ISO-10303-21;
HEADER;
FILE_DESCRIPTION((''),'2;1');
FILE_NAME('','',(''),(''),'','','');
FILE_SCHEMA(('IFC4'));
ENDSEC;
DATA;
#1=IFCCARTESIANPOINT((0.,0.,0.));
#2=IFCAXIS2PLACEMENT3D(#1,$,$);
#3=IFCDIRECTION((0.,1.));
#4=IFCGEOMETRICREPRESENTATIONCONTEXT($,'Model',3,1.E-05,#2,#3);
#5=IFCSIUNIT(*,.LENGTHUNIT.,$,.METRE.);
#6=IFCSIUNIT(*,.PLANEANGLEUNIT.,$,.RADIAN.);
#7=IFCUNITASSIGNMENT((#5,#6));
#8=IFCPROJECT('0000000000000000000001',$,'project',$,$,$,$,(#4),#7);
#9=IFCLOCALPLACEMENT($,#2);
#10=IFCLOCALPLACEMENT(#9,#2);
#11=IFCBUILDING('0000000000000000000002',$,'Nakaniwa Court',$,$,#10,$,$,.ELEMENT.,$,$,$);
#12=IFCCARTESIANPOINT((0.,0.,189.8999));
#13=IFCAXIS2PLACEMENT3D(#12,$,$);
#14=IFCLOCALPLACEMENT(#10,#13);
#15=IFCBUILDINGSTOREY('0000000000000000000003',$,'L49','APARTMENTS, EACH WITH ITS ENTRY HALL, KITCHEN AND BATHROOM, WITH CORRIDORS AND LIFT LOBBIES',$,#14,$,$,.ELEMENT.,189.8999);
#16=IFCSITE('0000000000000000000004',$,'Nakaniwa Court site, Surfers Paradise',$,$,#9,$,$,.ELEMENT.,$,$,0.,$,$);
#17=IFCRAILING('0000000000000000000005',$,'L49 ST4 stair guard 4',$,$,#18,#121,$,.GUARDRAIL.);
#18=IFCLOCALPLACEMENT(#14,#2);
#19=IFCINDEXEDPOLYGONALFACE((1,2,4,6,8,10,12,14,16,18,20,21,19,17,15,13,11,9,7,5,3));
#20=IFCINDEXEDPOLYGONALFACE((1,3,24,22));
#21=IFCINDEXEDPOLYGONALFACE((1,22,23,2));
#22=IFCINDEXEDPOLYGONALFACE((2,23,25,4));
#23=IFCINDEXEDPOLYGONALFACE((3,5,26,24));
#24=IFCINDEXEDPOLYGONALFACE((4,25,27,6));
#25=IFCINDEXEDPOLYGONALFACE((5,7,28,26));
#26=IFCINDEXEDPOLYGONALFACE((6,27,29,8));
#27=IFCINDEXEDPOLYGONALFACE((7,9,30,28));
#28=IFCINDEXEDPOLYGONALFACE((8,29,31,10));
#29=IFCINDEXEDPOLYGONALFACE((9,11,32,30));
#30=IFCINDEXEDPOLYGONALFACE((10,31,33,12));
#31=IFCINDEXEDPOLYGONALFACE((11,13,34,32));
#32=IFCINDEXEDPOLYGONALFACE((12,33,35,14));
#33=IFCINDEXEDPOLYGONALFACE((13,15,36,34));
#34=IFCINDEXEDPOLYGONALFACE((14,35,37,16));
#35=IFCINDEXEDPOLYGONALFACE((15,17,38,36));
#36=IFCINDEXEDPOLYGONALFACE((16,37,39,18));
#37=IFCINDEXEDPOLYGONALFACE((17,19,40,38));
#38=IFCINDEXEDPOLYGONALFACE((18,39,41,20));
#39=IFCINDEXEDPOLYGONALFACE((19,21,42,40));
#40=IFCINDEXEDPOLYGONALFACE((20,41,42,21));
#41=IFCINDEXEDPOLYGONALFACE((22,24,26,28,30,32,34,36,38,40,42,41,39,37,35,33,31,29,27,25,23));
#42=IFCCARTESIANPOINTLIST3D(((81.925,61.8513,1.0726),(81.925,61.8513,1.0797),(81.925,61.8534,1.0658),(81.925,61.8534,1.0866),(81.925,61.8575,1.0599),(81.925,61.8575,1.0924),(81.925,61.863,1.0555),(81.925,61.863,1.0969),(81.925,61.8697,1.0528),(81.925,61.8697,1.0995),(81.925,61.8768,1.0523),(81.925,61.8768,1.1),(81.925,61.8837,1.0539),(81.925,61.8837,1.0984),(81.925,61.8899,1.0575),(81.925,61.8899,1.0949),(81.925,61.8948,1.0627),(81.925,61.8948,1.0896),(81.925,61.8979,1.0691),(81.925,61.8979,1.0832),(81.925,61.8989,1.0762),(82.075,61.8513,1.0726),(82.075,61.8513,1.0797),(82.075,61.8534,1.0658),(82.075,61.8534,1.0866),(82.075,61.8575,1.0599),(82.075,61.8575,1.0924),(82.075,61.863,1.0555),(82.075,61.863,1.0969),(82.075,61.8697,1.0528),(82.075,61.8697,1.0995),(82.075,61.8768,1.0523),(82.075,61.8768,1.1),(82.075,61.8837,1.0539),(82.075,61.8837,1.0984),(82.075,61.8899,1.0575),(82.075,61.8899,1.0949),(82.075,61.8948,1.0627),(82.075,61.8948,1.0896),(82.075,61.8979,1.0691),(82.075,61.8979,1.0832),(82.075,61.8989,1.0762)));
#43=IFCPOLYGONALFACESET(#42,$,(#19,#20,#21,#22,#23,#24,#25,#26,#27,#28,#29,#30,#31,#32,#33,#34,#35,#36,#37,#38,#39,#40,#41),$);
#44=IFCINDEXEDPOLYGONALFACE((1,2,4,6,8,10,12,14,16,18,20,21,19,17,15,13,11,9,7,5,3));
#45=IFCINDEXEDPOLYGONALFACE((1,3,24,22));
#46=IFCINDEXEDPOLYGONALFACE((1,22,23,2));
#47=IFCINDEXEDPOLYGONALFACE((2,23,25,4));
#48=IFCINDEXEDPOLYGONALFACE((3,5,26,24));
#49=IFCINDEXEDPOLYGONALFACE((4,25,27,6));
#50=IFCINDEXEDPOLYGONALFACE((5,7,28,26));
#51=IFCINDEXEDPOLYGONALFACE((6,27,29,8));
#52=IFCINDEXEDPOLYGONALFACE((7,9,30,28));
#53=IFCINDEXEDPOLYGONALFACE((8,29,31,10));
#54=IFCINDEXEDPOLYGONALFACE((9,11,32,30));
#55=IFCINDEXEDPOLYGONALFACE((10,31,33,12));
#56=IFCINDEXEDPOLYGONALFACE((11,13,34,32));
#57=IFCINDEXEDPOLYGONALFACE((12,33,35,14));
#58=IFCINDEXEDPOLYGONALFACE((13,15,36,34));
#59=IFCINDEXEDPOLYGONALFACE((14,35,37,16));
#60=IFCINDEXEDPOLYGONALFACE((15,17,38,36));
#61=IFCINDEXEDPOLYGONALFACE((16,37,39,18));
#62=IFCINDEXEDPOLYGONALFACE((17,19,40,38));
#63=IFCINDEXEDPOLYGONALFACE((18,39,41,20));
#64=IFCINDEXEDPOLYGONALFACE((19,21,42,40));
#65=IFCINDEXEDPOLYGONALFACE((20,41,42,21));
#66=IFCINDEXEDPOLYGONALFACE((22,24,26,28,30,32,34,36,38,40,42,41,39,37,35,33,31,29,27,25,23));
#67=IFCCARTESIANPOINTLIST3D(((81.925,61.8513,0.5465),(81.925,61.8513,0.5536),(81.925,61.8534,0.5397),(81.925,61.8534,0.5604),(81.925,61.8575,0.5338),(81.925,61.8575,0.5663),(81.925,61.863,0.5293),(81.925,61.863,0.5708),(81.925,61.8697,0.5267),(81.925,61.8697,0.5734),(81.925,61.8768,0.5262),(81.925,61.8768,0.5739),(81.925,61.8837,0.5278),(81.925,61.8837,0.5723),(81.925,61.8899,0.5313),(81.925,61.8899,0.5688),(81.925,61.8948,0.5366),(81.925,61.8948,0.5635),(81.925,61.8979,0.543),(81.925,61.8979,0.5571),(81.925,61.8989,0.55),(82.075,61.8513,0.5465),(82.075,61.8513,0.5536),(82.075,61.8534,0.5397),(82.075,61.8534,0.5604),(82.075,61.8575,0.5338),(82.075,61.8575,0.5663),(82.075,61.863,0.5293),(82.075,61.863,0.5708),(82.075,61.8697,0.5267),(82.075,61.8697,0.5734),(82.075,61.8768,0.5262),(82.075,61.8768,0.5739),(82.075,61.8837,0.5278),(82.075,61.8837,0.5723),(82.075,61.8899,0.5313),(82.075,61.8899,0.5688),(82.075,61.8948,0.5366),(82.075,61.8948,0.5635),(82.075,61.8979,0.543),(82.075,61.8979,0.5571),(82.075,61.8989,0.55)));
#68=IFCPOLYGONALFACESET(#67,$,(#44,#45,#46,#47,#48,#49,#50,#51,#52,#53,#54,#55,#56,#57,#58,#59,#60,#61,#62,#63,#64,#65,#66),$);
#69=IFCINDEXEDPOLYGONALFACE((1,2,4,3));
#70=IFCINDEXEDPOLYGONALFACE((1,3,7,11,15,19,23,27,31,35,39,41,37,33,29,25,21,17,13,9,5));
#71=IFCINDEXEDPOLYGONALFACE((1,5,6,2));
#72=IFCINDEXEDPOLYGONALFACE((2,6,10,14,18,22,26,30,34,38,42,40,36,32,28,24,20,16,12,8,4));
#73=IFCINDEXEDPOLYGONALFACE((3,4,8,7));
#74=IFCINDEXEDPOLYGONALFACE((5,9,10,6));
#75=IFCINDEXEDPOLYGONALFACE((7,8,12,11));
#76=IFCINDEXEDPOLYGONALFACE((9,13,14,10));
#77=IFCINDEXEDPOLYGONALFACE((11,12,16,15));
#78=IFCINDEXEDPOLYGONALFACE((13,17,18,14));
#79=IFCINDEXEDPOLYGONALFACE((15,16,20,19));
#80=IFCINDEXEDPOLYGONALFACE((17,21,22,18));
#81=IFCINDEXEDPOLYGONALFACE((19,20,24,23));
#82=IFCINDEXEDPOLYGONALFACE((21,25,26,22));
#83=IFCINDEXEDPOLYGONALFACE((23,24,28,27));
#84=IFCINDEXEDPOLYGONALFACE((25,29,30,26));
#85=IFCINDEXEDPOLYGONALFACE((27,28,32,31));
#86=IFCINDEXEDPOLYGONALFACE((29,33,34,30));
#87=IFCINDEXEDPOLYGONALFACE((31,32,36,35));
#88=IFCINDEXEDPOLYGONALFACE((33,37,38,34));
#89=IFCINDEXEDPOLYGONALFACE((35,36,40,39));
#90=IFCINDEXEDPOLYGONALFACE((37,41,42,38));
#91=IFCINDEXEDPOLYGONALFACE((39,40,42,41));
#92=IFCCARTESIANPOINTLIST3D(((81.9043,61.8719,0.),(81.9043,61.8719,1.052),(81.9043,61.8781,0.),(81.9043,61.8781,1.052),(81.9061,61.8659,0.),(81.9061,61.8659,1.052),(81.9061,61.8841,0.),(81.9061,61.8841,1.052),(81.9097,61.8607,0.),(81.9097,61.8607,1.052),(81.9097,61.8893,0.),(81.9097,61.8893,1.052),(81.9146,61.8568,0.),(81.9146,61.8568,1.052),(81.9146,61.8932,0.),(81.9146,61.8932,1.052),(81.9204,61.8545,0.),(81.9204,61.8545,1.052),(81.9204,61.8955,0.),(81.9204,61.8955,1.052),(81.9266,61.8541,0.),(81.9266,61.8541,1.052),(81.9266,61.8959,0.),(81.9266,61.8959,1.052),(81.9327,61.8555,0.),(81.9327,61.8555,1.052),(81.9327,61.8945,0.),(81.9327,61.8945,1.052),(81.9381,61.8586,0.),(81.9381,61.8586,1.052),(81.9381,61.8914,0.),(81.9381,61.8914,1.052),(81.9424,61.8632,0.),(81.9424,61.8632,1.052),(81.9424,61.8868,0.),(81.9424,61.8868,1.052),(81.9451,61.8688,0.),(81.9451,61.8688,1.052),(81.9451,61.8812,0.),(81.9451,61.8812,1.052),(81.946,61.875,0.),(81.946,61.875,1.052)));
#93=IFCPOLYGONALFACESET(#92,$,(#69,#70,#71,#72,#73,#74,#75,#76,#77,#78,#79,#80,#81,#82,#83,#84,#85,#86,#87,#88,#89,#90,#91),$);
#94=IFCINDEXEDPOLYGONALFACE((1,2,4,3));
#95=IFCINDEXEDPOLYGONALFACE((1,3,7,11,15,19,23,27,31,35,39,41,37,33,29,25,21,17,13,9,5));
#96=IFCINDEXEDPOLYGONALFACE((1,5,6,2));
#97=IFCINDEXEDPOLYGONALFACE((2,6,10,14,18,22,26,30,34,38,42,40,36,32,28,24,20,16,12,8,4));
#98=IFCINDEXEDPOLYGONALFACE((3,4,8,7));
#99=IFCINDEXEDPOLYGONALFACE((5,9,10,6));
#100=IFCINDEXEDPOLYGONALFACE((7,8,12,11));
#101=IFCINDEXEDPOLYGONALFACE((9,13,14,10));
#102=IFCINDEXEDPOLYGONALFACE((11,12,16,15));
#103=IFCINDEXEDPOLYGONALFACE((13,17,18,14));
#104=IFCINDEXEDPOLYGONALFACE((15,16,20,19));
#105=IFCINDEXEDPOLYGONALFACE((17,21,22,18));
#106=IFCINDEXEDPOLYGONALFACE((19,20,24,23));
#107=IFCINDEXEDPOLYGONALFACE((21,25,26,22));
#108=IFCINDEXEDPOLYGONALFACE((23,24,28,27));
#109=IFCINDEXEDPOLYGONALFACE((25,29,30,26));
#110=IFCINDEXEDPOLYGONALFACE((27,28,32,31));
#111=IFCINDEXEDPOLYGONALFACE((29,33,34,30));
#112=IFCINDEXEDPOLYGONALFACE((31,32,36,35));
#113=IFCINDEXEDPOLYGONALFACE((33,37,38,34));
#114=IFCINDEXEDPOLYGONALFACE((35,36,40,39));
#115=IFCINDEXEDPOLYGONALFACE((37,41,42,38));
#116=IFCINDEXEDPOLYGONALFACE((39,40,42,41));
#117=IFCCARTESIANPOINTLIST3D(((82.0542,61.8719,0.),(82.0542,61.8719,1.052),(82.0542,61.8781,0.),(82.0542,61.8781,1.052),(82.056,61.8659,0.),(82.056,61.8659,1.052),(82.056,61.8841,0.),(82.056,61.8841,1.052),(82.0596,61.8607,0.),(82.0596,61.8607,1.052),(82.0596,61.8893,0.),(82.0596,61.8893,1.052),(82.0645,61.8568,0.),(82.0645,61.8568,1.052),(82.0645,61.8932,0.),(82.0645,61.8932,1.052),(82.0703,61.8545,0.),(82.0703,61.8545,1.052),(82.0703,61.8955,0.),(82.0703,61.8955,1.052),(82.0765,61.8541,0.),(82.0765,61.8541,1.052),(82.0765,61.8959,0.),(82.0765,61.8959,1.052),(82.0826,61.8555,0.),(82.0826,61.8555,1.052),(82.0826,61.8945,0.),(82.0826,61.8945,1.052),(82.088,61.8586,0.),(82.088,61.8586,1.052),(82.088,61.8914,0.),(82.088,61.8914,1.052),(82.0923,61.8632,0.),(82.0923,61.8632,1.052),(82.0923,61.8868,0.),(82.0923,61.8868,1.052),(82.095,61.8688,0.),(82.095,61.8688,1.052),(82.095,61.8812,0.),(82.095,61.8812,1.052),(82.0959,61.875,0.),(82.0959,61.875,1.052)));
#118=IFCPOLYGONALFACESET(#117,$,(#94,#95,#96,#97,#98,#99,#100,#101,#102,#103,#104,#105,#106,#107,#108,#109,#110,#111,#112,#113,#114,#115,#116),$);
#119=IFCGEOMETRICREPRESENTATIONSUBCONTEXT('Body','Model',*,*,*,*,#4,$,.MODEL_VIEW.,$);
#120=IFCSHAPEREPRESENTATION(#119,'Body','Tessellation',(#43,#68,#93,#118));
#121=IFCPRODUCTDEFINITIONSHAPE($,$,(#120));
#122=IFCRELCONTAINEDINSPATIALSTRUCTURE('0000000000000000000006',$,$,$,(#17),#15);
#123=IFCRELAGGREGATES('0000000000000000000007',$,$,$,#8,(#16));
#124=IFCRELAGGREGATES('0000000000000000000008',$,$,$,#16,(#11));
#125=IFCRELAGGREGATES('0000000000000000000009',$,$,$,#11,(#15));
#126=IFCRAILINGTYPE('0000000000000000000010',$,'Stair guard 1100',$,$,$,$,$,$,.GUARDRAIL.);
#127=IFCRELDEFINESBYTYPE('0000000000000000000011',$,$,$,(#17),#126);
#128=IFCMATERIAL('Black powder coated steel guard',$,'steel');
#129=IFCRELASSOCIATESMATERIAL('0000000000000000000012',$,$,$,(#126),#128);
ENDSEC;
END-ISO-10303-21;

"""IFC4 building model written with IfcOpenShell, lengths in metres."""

from ifc_helpers import new_model, si_unit, direction, frame, origin, origin_2d, place, context, subcontext, project, spatial, circle, extrude, material, type_object, element, save


model = new_model("IFC4")

# Units and contexts
model_context = context("Model", 3, precision=1e-05, world=origin(), true_north=direction((0.0, 1.0)))
body_context = subcontext(model_context, "Body", "Model", "MODEL_VIEW")
ifc_project = project(units=[si_unit("LENGTHUNIT", "METRE"), si_unit("PLANEANGLEUNIT", "RADIAN")], contexts=[model_context])

# Site, building, storey
site_placement = place(None, origin())
site = spatial("IfcSite", under=ifc_project, at=site_placement, Name="Nakaniwa Court site, Surfers Paradise", CompositionType="ELEMENT", RefElevation=0.0)
building_placement = place(site_placement, origin())
building = spatial("IfcBuilding", under=site, at=building_placement, Name="Nakaniwa Court", CompositionType="ELEMENT")
storey_placement = place(building_placement, frame((0.0, 0.0, 189.8999)))
storey = spatial("IfcBuildingStorey", under=building, at=storey_placement, Name="L49", Description="APARTMENTS, EACH WITH ITS ENTRY HALL, KITCHEN AND BATHROOM, WITH CORRIDORS AND LIFT LOBBIES", CompositionType="ELEMENT", Elevation=189.8999)

# Railing
ifc_material_1 = material(Name="Black powder coated steel guard", Category="steel")
railing_type_1 = type_object("IfcRailingType", Name="Stair guard 1100", PredefinedType="GUARDRAIL", material=ifc_material_1)
railing_1_placement = place(storey_placement, frame((81.925, 61.875, 0.0)))
element("IfcRailing", 1, at=railing_1_placement, inside=storey, type_object=railing_type_1, Name="L49 ST4 stair guard 4", PredefinedType="GUARDRAIL", context=body_context, shape_type="SweptSolid", body=[
    extrude(circle(Radius=0.0239, at=origin_2d()), frame((0.0, 0.0, 1.0762), z_axis=(1.0, 0.0, 0.0), x_axis=(0.0, 1.0, 0.0)), (0.0, 0.0, 1.0), 0.1499),
    extrude(circle(Radius=0.0239, at=origin_2d()), frame((0.0, 0.0, 0.55), z_axis=(1.0, 0.0, 0.0), x_axis=(0.0, 1.0, 0.0)), (0.0, 0.0, 1.0), 0.1499),
    extrude(circle(Radius=0.021, at=origin_2d()), origin(), (0.0, 0.0, 1.0), 1.052),
    extrude(circle(Radius=0.021, at=origin_2d()), frame((0.1499, 0.0, 0.0)), (0.0, 0.0, 1.0), 1.052),
])

save(model, "model.ifc")
